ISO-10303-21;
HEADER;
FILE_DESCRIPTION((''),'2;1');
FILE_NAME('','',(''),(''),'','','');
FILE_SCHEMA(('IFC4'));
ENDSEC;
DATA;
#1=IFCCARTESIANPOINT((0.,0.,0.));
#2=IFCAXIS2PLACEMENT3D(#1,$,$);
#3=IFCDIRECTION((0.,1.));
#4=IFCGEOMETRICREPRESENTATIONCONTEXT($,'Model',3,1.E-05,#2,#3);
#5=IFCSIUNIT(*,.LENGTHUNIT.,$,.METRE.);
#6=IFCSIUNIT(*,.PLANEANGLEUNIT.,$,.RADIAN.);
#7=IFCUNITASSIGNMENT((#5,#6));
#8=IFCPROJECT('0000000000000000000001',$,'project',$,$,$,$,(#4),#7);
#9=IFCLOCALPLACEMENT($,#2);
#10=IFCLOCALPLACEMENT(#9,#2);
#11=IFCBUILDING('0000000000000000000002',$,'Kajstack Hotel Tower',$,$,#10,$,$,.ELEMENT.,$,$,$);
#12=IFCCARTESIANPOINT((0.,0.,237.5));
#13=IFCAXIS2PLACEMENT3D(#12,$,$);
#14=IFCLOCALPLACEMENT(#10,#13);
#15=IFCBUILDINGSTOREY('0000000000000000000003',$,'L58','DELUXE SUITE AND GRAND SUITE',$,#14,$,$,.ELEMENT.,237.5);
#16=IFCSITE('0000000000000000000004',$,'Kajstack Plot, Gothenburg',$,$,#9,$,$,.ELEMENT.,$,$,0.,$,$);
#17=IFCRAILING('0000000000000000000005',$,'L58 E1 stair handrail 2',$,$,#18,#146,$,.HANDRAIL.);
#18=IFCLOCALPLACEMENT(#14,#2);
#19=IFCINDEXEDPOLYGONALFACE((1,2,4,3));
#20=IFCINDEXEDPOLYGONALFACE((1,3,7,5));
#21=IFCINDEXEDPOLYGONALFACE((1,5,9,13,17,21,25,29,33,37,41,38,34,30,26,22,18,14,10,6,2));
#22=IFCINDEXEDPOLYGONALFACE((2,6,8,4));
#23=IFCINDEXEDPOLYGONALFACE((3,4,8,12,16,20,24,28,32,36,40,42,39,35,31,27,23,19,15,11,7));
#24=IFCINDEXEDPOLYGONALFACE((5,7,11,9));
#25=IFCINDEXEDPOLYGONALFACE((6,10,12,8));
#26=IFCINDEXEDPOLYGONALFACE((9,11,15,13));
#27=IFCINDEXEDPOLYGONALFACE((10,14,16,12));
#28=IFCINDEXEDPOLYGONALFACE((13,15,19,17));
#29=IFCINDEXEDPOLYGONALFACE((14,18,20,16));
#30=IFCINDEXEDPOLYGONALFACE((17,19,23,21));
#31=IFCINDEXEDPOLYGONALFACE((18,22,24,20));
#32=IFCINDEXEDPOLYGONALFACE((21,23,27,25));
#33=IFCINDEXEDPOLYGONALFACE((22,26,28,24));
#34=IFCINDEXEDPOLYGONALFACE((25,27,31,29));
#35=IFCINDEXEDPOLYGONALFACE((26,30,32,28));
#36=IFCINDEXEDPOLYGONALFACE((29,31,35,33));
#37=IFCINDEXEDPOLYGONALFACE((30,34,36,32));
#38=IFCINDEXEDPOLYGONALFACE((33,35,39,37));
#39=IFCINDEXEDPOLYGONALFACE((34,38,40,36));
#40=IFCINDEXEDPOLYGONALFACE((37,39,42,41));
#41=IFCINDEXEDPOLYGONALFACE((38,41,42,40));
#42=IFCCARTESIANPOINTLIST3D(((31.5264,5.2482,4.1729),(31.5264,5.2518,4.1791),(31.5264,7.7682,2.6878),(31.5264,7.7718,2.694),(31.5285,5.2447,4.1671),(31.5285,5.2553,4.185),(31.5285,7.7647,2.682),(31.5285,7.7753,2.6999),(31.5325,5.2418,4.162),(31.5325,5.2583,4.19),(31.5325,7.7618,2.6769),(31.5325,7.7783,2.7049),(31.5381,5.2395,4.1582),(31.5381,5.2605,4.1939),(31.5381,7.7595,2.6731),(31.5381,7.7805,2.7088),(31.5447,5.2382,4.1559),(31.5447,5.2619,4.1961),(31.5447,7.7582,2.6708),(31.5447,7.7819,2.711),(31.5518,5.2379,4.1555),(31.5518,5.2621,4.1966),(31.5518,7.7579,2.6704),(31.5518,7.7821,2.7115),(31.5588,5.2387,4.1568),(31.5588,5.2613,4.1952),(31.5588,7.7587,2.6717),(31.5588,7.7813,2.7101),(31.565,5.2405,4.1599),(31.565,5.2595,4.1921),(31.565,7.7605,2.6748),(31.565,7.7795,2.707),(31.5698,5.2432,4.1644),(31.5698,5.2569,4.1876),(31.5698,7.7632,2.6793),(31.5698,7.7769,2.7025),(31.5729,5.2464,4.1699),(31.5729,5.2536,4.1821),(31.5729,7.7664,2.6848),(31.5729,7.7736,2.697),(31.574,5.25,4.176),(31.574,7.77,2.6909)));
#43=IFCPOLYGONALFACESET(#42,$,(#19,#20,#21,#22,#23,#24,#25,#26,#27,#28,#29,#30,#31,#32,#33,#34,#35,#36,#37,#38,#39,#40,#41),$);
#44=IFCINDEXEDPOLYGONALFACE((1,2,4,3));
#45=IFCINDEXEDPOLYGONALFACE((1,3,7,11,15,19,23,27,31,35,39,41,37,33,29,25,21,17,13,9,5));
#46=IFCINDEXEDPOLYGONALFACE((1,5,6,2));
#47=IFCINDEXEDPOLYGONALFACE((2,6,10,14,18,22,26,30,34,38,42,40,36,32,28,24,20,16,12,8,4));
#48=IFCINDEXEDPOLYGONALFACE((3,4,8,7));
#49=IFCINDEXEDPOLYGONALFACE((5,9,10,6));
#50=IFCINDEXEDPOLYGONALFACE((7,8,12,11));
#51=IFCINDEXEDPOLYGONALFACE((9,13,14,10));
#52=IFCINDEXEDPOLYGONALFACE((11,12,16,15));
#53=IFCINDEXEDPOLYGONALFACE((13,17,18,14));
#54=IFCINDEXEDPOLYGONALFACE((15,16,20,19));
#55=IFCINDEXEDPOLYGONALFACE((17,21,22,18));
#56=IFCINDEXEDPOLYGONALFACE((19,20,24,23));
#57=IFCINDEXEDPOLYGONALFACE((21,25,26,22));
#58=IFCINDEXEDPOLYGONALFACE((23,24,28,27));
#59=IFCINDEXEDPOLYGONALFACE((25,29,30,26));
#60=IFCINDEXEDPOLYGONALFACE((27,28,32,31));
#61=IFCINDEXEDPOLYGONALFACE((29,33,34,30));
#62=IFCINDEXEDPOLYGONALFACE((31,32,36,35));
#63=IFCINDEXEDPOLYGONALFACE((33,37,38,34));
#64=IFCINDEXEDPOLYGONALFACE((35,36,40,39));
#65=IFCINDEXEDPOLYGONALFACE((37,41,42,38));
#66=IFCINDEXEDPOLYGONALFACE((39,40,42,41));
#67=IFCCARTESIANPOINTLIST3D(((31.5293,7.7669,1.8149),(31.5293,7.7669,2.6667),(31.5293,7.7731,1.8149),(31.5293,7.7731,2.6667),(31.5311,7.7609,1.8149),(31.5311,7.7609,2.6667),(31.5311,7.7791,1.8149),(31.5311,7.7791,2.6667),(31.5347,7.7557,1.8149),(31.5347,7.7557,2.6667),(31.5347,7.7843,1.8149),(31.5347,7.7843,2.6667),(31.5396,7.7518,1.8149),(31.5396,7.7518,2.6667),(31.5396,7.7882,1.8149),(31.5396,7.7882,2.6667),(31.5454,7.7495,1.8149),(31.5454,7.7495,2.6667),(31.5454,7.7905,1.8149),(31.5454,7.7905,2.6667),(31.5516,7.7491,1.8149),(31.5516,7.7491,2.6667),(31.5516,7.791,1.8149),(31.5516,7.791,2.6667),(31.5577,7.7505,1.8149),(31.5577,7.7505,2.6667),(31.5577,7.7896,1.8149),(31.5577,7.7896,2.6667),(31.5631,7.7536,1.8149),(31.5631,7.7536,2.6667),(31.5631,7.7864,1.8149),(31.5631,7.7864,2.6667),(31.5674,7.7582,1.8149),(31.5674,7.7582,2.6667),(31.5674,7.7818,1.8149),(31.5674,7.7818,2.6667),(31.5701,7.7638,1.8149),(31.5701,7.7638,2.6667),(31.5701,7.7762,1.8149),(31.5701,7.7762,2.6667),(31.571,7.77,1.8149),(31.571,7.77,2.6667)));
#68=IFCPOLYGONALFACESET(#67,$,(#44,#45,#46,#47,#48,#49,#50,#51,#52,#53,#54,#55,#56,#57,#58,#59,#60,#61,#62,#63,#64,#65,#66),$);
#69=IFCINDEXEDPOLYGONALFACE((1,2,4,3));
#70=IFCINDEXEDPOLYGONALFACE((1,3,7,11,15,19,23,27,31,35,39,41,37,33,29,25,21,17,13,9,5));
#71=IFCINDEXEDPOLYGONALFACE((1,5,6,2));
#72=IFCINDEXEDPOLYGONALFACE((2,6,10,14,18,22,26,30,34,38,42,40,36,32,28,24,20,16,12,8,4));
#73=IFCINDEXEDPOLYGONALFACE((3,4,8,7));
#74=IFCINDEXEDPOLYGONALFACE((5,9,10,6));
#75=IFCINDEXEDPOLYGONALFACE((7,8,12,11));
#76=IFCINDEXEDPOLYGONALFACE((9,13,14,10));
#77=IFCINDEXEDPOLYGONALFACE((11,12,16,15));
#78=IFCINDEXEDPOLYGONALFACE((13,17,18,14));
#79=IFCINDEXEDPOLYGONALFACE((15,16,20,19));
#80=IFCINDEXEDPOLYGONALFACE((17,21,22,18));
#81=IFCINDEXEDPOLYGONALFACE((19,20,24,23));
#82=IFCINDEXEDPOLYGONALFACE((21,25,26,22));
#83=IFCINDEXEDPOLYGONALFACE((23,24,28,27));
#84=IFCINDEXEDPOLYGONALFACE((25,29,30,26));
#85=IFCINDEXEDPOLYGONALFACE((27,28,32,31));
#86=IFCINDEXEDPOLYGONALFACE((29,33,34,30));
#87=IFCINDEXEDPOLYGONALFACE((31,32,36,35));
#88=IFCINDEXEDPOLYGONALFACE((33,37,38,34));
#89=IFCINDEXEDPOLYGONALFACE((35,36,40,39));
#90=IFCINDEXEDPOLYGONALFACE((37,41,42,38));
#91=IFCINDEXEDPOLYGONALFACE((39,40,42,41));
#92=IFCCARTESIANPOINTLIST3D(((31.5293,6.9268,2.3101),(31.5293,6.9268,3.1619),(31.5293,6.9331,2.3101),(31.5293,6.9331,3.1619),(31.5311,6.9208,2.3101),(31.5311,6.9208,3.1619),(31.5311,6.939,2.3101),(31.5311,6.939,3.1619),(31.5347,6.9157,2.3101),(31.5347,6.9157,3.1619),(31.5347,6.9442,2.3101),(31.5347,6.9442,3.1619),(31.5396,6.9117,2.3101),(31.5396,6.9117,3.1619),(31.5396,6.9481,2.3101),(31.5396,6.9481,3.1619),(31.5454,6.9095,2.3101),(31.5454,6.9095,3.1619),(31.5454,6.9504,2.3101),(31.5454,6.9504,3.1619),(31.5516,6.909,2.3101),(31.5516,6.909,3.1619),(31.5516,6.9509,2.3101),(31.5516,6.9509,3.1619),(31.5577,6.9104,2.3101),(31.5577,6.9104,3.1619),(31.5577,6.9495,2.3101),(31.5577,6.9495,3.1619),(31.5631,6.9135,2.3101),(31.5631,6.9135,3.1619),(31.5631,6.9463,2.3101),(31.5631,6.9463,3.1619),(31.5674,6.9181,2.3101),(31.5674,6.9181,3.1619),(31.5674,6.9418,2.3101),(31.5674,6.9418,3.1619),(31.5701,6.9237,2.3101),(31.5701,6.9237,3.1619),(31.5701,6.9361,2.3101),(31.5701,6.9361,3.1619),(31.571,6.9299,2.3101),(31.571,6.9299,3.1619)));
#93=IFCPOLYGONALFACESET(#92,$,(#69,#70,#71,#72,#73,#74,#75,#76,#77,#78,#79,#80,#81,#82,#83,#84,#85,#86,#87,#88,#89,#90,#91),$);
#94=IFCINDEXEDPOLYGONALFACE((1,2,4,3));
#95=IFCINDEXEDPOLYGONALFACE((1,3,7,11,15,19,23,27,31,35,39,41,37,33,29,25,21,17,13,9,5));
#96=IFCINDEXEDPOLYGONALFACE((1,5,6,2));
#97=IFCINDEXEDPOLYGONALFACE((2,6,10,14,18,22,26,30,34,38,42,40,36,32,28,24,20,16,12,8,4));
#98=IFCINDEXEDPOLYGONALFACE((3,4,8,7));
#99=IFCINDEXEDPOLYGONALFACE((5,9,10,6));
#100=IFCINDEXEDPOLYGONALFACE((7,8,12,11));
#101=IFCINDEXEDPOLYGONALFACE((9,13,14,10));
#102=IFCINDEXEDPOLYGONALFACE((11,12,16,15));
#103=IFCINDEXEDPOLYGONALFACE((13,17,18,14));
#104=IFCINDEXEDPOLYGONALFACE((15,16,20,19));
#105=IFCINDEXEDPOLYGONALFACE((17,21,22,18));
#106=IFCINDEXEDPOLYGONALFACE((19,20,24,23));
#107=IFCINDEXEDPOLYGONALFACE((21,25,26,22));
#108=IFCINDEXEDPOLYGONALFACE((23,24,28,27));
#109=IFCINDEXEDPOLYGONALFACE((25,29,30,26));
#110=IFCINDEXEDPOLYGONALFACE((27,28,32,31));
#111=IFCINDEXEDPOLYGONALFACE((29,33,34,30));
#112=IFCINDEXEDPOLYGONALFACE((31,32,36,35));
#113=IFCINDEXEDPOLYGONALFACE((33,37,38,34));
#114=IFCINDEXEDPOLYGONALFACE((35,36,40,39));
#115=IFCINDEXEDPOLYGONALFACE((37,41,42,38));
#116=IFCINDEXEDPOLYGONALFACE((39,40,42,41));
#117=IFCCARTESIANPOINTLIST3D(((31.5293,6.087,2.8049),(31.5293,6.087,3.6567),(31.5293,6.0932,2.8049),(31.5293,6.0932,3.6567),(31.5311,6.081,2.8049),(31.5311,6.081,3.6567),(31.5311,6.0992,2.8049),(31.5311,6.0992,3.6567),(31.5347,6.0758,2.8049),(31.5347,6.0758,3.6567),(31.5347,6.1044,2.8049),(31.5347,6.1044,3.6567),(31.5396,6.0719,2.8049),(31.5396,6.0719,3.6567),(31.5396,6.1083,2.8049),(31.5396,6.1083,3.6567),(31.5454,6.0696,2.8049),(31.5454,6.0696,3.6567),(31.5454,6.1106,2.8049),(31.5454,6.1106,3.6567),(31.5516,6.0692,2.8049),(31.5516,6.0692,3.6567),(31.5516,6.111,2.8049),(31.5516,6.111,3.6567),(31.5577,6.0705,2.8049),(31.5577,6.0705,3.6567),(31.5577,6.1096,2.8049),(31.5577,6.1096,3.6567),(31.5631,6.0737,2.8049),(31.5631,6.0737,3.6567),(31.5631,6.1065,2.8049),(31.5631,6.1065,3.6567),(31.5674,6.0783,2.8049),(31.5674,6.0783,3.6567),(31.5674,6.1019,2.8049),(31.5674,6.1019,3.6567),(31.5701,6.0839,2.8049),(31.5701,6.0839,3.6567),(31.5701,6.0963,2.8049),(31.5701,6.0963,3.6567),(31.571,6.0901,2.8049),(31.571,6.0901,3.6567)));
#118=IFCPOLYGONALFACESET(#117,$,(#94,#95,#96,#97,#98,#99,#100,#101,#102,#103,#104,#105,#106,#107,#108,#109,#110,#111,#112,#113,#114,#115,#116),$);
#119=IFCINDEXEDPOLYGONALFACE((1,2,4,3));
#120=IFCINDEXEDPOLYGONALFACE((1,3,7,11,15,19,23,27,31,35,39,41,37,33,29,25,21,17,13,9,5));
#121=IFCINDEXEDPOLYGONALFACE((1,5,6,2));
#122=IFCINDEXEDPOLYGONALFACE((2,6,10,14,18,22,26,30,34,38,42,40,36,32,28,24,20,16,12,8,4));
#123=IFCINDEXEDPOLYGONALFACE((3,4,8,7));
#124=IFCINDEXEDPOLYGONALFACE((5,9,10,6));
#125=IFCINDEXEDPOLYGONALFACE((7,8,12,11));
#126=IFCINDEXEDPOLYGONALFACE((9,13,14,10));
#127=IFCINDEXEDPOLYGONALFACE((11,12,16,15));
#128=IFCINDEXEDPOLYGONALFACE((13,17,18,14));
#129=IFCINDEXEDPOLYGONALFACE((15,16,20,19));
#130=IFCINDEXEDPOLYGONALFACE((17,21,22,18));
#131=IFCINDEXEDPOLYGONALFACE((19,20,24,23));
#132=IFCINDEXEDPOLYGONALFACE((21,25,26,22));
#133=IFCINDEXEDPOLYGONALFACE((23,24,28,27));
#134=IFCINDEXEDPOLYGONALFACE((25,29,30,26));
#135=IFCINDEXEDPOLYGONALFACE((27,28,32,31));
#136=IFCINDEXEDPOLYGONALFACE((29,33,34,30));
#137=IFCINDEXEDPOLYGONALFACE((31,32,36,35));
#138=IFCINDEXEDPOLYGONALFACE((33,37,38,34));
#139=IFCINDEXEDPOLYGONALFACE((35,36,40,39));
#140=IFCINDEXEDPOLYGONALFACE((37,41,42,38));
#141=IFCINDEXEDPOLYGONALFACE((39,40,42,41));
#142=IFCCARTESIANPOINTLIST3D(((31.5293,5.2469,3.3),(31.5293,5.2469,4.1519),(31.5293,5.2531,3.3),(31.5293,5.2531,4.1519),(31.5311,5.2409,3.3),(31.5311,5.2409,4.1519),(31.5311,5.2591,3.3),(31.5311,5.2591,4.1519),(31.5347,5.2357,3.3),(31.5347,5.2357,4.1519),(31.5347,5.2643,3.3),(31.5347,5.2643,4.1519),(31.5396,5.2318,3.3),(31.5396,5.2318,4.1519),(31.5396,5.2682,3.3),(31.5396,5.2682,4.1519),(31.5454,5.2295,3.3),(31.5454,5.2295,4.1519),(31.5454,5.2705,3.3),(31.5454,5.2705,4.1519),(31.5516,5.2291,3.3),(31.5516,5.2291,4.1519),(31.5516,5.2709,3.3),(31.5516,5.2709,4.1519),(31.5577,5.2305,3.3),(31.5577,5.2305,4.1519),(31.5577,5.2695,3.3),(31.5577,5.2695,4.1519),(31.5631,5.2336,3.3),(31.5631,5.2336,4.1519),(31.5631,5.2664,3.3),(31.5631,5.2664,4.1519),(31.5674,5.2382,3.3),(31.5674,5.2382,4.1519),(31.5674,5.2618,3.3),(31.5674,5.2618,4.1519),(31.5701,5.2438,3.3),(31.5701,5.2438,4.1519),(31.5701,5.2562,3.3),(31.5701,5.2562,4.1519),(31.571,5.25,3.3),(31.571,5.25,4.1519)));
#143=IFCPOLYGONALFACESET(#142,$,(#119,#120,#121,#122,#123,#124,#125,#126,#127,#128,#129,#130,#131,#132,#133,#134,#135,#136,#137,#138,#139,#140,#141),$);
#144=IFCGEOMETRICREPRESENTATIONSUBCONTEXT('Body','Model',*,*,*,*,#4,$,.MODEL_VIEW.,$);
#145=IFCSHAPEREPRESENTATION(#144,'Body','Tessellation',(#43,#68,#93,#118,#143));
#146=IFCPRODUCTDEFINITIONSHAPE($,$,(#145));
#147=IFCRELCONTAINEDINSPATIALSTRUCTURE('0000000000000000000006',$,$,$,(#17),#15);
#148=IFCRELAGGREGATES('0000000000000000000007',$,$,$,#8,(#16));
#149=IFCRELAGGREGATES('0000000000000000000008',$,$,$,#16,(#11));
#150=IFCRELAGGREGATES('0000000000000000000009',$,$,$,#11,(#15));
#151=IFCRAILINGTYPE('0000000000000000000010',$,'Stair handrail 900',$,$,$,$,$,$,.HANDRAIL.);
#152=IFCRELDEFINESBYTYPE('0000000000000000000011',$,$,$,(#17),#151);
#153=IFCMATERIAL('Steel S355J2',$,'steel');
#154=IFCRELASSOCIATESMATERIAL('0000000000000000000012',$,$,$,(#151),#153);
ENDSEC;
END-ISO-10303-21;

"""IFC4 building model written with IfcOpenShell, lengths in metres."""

from ifc_helpers import new_model, si_unit, direction, frame, origin, origin_2d, place, context, subcontext, project, spatial, circle, extrude, material, type_object, element, save


model = new_model("IFC4")

# Units and contexts
model_context = context("Model", 3, precision=1e-05, world=origin(), true_north=direction((0.0, 1.0)))
body_context = subcontext(model_context, "Body", "Model", "MODEL_VIEW")
ifc_project = project(units=[si_unit("LENGTHUNIT", "METRE"), si_unit("PLANEANGLEUNIT", "RADIAN")], contexts=[model_context])

# Site, building, storey
site_placement = place(None, origin())
site = spatial("IfcSite", under=ifc_project, at=site_placement, Name="Kajstack Plot, Gothenburg", CompositionType="ELEMENT", RefElevation=0.0)
building_placement = place(site_placement, origin())
building = spatial("IfcBuilding", under=site, at=building_placement, Name="Kajstack Hotel Tower", CompositionType="ELEMENT")
storey_placement = place(building_placement, frame((0.0, 0.0, 237.5)))
storey = spatial("IfcBuildingStorey", under=building, at=storey_placement, Name="L58", Description="DELUXE SUITE AND GRAND SUITE", CompositionType="ELEMENT", Elevation=237.5)

# Railing
ifc_material_1 = material(Name="Steel S355J2", Category="steel")
railing_type_1 = type_object("IfcRailingType", Name="Stair handrail 900", PredefinedType="HANDRAIL", material=ifc_material_1)
railing_1_placement = place(storey_placement, frame((31.55, 7.77, 1.8149)))
element("IfcRailing", 1, at=railing_1_placement, inside=storey, type_object=railing_type_1, Name="L58 E1 stair handrail 2", PredefinedType="HANDRAIL", context=body_context, shape_type="SweptSolid", body=[
    extrude(circle(Radius=0.0239, at=origin_2d()), frame((0.0, 0.0, 0.876), z_axis=(0.0, -0.861524, 0.507717), x_axis=(1.0, 0.0, 0.0)), (0.0, 0.0, 1.0), 2.925),
    extrude(circle(Radius=0.021, at=origin_2d()), origin(), (0.0, 0.0, 1.0), 0.8518),
    extrude(circle(Radius=0.021, at=origin_2d()), frame((0.0, -0.8401, 0.4951)), (0.0, 0.0, 1.0), 0.8518),
    extrude(circle(Radius=0.021, at=origin_2d()), frame((0.0, -1.6799, 0.99)), (0.0, 0.0, 1.0), 0.8518),
    extrude(circle(Radius=0.021, at=origin_2d()), frame((0.0, -2.52, 1.4851)), (0.0, 0.0, 1.0), 0.8518),
])

save(model, "model.ifc")
